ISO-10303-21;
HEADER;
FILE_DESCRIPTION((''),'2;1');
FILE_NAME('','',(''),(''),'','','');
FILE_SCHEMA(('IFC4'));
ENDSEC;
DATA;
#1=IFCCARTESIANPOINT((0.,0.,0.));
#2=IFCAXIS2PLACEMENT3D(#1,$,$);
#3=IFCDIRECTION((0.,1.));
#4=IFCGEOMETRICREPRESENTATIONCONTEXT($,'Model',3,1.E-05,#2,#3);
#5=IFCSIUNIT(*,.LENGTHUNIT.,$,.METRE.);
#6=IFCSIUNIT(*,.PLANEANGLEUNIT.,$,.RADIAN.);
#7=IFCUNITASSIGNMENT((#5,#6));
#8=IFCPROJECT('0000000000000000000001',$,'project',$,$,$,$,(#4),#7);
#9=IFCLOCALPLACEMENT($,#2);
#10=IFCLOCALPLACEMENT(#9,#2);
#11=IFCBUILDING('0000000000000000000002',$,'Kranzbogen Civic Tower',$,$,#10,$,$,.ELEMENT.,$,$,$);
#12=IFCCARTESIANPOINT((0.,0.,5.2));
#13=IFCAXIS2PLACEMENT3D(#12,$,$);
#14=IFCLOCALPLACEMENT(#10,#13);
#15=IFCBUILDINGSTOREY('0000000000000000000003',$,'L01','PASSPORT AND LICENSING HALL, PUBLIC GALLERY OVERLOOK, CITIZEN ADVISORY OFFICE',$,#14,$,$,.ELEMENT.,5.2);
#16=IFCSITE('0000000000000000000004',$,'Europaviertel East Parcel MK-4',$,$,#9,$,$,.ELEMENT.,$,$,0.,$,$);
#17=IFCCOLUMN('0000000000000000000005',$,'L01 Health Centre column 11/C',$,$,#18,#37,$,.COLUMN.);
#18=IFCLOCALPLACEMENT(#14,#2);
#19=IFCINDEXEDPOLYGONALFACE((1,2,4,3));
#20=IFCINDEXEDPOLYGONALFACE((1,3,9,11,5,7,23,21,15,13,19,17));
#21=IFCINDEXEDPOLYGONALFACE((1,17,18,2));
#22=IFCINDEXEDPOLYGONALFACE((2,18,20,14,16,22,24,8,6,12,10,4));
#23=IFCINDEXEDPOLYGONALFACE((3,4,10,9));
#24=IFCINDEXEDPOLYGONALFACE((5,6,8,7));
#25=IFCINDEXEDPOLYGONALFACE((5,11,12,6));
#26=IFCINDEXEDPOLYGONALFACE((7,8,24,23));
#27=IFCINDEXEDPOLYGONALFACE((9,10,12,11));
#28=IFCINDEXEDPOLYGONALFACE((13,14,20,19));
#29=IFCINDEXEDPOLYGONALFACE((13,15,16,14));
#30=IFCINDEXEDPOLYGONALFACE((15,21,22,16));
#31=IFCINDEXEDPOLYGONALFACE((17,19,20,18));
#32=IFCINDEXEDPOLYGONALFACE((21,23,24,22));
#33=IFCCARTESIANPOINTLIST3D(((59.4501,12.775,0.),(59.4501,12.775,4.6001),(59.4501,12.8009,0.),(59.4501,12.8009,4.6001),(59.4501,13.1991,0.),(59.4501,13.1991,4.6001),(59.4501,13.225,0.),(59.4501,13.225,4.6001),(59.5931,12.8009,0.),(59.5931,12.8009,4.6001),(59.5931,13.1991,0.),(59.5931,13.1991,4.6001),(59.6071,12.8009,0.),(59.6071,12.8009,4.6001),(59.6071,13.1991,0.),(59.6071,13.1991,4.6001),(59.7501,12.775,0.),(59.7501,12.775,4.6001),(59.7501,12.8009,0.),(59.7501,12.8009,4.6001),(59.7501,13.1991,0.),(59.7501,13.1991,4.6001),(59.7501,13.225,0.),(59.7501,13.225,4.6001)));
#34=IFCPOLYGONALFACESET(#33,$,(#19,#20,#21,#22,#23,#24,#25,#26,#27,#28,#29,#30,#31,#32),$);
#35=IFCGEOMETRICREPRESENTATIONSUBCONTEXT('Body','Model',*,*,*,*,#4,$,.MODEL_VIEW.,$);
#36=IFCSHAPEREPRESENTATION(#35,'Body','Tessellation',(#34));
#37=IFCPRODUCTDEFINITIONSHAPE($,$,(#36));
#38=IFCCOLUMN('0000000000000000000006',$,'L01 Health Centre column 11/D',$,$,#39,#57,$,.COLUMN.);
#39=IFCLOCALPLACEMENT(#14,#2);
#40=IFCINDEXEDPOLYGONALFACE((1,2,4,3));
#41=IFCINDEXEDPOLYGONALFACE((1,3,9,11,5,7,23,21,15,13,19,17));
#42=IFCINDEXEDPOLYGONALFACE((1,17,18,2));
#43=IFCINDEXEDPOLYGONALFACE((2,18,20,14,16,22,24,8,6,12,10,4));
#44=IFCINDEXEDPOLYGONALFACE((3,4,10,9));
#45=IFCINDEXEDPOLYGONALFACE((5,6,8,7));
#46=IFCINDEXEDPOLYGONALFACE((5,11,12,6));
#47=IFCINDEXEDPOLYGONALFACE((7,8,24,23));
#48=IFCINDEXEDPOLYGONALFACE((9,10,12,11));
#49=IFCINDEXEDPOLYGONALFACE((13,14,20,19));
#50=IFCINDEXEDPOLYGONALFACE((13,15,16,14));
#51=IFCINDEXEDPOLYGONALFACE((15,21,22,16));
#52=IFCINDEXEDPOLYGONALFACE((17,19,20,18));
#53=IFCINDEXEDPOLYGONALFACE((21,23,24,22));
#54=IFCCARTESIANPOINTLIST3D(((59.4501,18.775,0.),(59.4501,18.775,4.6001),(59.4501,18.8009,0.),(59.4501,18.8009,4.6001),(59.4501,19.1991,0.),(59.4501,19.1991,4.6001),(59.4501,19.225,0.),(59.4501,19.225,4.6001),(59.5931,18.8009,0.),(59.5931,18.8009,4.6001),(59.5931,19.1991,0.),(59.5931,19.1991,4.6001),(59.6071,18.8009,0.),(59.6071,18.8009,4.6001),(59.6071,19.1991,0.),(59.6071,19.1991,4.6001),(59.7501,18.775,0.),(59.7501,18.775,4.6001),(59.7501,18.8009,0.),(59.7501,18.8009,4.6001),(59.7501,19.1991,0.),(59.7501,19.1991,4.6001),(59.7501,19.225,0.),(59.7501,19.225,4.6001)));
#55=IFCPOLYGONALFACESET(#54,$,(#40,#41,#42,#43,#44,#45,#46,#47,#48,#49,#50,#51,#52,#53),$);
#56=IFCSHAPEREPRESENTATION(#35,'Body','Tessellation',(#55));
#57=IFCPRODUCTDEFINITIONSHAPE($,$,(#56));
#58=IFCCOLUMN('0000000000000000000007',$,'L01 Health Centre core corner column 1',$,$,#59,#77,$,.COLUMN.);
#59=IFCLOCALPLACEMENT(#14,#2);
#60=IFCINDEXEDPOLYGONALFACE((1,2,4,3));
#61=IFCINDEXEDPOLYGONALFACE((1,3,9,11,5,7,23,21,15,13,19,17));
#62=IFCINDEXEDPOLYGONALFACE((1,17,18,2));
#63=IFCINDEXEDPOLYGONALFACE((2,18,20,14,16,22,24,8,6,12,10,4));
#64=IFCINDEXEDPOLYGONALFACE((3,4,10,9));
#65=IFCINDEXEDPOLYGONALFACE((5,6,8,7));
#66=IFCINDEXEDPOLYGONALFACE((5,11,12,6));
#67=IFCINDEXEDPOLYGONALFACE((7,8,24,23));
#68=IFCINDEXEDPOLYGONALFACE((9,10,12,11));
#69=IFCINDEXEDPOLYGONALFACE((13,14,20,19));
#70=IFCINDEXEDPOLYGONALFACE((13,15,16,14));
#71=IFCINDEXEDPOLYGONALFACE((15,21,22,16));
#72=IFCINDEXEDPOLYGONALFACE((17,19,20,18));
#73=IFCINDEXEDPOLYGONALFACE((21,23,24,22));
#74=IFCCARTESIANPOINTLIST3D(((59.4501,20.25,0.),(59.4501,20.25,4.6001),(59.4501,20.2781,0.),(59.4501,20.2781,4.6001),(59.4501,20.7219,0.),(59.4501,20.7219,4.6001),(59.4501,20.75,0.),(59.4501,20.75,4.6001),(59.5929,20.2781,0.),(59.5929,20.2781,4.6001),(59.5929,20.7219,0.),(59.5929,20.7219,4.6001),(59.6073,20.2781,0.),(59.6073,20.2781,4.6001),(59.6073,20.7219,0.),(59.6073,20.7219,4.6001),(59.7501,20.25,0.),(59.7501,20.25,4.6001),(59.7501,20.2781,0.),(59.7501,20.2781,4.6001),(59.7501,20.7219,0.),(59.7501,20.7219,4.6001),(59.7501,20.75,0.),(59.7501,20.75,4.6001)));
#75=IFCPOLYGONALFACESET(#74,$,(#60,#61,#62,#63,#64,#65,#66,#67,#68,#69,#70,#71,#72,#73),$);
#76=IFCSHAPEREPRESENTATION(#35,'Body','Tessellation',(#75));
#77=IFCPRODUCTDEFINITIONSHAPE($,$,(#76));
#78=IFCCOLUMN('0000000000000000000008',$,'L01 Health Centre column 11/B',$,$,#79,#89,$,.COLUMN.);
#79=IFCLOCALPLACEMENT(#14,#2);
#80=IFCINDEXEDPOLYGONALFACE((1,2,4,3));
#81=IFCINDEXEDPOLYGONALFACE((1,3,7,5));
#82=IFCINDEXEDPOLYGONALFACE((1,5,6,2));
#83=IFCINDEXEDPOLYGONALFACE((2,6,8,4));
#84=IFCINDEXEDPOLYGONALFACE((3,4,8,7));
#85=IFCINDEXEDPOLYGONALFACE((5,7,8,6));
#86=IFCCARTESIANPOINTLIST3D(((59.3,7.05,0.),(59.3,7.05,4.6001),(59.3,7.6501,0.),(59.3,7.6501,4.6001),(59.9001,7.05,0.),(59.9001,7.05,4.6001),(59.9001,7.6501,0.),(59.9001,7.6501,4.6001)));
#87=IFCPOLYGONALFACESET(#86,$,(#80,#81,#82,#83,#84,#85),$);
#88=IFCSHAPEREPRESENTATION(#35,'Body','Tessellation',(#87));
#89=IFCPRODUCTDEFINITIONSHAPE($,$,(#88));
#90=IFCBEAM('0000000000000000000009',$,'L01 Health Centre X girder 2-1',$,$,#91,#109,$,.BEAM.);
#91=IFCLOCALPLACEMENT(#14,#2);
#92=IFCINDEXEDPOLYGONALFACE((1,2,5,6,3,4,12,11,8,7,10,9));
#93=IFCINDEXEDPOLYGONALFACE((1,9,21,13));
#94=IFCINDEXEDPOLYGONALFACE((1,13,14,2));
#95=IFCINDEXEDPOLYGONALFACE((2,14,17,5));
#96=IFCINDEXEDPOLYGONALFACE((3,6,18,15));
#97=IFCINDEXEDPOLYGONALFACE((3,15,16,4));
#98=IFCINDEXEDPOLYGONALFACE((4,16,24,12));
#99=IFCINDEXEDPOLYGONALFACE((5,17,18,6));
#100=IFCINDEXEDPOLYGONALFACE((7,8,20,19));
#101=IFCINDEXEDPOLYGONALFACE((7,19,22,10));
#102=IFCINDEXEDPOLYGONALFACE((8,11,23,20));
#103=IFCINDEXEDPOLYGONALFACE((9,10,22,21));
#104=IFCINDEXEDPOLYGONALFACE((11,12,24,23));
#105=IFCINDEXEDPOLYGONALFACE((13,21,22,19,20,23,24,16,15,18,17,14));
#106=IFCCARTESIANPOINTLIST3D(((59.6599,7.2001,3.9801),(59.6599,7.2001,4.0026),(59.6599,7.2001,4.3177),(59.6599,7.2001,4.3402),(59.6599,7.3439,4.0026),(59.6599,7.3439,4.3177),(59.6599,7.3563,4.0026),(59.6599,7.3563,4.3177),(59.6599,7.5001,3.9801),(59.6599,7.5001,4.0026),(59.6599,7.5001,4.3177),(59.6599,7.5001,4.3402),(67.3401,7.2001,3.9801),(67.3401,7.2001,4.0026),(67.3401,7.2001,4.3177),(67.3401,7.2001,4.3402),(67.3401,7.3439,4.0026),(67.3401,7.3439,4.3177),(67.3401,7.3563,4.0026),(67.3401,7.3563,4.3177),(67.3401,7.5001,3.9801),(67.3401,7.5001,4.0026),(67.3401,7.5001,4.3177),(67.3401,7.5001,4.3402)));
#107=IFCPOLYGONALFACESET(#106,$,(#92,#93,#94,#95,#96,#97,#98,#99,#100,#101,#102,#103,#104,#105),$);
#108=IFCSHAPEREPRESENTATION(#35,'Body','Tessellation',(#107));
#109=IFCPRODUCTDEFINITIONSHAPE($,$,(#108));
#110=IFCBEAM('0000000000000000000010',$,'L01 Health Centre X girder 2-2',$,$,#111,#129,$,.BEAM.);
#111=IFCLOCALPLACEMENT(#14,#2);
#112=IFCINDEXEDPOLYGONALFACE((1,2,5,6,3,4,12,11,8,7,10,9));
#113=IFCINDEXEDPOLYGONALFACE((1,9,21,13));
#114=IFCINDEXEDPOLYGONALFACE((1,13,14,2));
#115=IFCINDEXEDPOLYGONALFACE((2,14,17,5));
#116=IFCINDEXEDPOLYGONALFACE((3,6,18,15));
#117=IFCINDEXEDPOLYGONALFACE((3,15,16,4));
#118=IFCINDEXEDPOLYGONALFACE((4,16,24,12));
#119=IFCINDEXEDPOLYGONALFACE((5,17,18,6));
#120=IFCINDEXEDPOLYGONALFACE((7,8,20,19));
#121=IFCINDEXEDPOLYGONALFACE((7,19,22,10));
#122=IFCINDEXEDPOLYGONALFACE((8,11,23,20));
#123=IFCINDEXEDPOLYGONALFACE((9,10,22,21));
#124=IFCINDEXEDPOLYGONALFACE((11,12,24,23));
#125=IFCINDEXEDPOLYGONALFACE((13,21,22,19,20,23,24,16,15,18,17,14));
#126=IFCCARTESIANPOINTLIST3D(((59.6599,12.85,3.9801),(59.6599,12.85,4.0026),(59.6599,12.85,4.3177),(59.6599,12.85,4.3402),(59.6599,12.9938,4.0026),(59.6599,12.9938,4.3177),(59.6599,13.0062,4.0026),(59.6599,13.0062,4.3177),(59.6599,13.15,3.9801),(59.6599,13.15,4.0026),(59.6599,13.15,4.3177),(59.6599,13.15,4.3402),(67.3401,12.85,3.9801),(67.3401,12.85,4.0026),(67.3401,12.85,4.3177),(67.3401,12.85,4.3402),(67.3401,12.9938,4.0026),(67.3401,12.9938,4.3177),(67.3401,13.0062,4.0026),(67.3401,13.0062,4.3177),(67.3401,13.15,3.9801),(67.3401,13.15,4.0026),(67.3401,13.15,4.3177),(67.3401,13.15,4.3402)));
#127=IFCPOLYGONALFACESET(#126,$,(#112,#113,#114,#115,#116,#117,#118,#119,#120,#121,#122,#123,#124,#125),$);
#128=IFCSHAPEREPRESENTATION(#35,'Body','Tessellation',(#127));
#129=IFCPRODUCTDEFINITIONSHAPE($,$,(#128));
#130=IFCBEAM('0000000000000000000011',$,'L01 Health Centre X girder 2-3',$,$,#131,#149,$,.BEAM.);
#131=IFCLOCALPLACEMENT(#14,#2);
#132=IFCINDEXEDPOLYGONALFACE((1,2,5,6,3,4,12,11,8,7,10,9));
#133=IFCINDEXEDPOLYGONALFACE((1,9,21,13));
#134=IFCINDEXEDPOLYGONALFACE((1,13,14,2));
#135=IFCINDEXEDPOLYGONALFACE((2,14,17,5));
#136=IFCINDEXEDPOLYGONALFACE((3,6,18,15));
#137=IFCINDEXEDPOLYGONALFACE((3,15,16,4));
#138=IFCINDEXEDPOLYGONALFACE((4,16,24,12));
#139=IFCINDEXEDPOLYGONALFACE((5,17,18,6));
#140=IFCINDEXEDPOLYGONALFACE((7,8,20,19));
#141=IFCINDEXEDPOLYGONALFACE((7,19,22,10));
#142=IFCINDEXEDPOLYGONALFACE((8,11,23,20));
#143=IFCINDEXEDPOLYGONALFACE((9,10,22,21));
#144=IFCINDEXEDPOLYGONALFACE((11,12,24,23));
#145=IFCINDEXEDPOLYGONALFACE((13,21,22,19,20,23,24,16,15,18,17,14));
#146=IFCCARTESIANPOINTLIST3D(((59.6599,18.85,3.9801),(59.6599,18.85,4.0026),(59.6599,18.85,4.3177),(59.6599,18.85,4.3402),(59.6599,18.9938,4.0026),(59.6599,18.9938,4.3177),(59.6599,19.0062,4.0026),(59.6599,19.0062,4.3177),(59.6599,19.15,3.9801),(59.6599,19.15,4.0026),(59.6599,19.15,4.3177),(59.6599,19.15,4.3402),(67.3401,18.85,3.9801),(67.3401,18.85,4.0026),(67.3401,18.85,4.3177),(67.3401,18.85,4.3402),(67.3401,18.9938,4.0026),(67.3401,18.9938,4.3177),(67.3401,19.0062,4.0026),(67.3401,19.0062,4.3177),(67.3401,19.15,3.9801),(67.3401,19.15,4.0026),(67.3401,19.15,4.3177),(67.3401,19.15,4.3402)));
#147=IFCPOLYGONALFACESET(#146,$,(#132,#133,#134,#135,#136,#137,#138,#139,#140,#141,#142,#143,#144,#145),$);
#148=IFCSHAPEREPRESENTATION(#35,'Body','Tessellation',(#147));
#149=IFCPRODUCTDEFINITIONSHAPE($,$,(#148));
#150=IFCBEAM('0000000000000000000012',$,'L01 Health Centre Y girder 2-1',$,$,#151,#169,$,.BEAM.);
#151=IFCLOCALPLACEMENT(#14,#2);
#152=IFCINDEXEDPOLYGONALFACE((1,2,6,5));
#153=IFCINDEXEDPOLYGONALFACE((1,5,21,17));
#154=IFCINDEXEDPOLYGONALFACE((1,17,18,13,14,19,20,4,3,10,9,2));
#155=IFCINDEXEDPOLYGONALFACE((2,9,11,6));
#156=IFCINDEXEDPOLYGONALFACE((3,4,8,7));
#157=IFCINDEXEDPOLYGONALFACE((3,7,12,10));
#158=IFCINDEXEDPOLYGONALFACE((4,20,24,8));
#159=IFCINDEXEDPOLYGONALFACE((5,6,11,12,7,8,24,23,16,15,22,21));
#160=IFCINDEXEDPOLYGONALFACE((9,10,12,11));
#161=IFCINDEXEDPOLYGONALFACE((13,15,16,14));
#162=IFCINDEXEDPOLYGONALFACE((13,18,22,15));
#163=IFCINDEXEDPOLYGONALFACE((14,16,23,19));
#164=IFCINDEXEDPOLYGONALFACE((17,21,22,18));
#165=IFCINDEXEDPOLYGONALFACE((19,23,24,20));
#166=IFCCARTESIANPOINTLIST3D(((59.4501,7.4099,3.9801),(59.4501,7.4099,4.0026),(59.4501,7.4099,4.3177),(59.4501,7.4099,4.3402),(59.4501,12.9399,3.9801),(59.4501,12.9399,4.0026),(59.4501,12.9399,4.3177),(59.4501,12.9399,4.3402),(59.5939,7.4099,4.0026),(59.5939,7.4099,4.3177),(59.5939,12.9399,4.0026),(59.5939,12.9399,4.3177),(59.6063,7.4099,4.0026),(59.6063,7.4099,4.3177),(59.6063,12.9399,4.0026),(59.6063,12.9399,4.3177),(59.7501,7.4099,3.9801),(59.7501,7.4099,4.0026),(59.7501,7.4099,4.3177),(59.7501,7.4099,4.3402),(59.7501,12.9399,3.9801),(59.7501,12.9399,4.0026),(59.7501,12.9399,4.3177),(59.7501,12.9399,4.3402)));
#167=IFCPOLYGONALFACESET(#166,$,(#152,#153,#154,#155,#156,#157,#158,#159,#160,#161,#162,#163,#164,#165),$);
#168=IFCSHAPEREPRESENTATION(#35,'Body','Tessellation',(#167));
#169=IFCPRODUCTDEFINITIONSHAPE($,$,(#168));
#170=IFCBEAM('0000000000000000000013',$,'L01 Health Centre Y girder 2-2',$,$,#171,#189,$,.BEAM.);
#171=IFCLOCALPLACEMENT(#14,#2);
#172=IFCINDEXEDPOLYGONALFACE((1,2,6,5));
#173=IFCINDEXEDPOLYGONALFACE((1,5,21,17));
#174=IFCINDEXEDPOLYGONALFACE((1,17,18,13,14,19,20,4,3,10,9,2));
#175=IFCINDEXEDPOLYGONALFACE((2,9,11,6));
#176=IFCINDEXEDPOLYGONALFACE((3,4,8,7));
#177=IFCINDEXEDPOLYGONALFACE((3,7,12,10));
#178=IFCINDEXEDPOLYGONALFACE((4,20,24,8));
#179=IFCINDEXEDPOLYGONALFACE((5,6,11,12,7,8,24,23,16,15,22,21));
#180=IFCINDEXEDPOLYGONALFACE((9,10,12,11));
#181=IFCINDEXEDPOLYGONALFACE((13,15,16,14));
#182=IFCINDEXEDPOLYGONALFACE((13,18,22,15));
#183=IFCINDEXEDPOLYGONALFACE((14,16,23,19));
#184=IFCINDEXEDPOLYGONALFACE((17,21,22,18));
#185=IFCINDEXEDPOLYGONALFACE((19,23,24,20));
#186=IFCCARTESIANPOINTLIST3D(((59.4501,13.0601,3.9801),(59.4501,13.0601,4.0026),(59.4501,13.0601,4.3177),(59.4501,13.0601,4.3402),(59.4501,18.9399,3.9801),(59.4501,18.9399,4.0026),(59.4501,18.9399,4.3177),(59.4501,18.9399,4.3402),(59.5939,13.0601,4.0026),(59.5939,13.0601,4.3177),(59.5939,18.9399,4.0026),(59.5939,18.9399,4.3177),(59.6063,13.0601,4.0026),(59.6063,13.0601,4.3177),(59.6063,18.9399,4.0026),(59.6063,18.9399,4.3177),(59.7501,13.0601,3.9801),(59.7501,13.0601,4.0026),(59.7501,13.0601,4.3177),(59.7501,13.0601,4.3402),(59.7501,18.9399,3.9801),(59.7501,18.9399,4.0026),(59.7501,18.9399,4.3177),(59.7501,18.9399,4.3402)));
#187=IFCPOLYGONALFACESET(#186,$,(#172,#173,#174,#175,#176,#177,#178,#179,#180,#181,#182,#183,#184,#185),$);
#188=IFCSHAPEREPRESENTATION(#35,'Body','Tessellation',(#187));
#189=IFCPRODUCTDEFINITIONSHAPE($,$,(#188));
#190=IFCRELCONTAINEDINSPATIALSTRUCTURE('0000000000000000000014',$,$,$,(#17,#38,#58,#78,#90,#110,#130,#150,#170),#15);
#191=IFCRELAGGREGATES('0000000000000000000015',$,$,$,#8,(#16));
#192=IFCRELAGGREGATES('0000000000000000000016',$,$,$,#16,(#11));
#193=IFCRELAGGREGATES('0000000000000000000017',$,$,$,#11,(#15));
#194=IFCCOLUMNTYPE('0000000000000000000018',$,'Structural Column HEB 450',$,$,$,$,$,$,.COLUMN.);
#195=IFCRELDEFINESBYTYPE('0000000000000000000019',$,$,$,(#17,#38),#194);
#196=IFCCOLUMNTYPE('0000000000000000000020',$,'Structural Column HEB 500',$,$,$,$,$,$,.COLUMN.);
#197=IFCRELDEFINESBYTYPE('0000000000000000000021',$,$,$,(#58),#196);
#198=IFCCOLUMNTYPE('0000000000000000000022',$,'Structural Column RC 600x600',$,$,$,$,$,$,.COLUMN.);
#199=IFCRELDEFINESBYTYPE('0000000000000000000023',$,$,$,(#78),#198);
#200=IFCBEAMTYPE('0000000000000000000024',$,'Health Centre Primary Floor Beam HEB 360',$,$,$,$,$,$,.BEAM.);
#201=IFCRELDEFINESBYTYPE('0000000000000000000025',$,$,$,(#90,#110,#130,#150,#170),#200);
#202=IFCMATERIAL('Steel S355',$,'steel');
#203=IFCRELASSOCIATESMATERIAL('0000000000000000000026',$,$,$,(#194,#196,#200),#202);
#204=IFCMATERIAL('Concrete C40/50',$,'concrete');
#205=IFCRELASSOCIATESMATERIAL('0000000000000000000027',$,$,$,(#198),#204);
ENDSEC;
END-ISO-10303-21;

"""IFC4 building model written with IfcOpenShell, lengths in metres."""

from ifc_helpers import new_model, si_unit, direction, frame, origin, origin_2d, place, context, subcontext, project, spatial, rectangle, i_section, extrude, material, material_profile, profile_set, type_object, element, save


model = new_model("IFC4")

# Units and contexts
model_context = context("Model", 3, precision=1e-05, world=origin(), true_north=direction((0.0, 1.0)))
body_context = subcontext(model_context, "Body", "Model", "MODEL_VIEW")
ifc_project = project(units=[si_unit("LENGTHUNIT", "METRE"), si_unit("PLANEANGLEUNIT", "RADIAN")], contexts=[model_context])

# Site, building, storey
site_placement = place(None, origin())
site = spatial("IfcSite", under=ifc_project, at=site_placement, Name="Europaviertel East Parcel MK-4", CompositionType="ELEMENT", RefElevation=0.0)
building_placement = place(site_placement, origin())
building = spatial("IfcBuilding", under=site, at=building_placement, Name="Kranzbogen Civic Tower", CompositionType="ELEMENT")
storey_placement = place(building_placement, frame((0.0, 0.0, 5.2)))
storey = spatial("IfcBuildingStorey", under=building, at=storey_placement, Name="L01", Description="PASSPORT AND LICENSING HALL, PUBLIC GALLERY OVERLOOK, CITIZEN ADVISORY OFFICE", CompositionType="ELEMENT", Elevation=5.2)

# Columns
ifc_material_1 = material(Name="Steel S355", Category="steel")
ifc_material_profile_1 = material_profile(ifc_material_1, i_section(OverallWidth=0.3, OverallDepth=0.45, WebThickness=0.0139, FlangeThickness=0.0259, at=origin_2d()), Name="HEB 450")
ifc_profile_set_1 = profile_set([ifc_material_profile_1], Name="Steel S355")
column_type_1 = type_object("IfcColumnType", Name="Structural Column HEB 450", PredefinedType="COLUMN", material=ifc_profile_set_1)
for number, where, z_axis, x_axis, name in (
    (1, (59.6001, 13.0, 0.0), (0.0, 0.0, 1.0), (1.0, 0.0, 0.0), "L01 Health Centre column 11/C"),
    (2, (59.6001, 19.0, 0.0), (0.0, 0.0, 1.0), (1.0, 0.0, 0.0), "L01 Health Centre column 11/D"),
):
    element("IfcColumn", number, at=place(storey_placement, frame(where, z_axis=z_axis, x_axis=x_axis)), inside=storey, type_object=column_type_1, Name=name, PredefinedType="COLUMN", context=body_context, shape_type="SweptSolid", body=[
        extrude(i_section(OverallWidth=0.3, OverallDepth=0.45, WebThickness=0.0139, FlangeThickness=0.0259, at=origin_2d()), origin(), (0.0, 0.0, 1.0), 4.6001),
    ])
ifc_material_profile_2 = material_profile(ifc_material_1, i_section(OverallWidth=0.3, OverallDepth=0.5, WebThickness=0.0144, FlangeThickness=0.0281, at=origin_2d()), Name="HEB 500")
ifc_profile_set_2 = profile_set([ifc_material_profile_2], Name="Steel S355")
column_type_2 = type_object("IfcColumnType", Name="Structural Column HEB 500", PredefinedType="COLUMN", material=ifc_profile_set_2)
column_1_placement = place(storey_placement, frame((59.6001, 20.5, 0.0), z_axis=(0.0, 0.0, 1.0), x_axis=(1.0, 0.0, 0.0)))
element("IfcColumn", 3, at=column_1_placement, inside=storey, type_object=column_type_2, Name="L01 Health Centre core corner column 1", PredefinedType="COLUMN", context=body_context, shape_type="SweptSolid", body=[
    extrude(i_section(OverallWidth=0.3, OverallDepth=0.5, WebThickness=0.0144, FlangeThickness=0.0281, at=origin_2d()), origin(), (0.0, 0.0, 1.0), 4.6001),
])
ifc_material_2 = material(Name="Concrete C40/50", Category="concrete")
ifc_material_profile_3 = material_profile(ifc_material_2, rectangle(XDim=0.6001, YDim=0.6001, at=origin_2d()), Name="RC 600x600")
ifc_profile_set_3 = profile_set([ifc_material_profile_3], Name="Concrete C40/50")
column_type_3 = type_object("IfcColumnType", Name="Structural Column RC 600x600", PredefinedType="COLUMN", material=ifc_profile_set_3)
column_2_placement = place(storey_placement, frame((59.6001, 7.3501, 0.0), z_axis=(0.0, 0.0, 1.0), x_axis=(1.0, 0.0, 0.0)))
element("IfcColumn", 4, at=column_2_placement, inside=storey, type_object=column_type_3, Name="L01 Health Centre column 11/B", PredefinedType="COLUMN", context=body_context, shape_type="SweptSolid", body=[
    extrude(rectangle(XDim=0.6001, YDim=0.6001, at=origin_2d()), origin(), (0.0, 0.0, 1.0), 4.6001),
])

# Beams
ifc_material_profile_4 = material_profile(ifc_material_1, i_section(OverallWidth=0.3, OverallDepth=0.3601, WebThickness=0.0125, FlangeThickness=0.0225, at=origin_2d()), Name="HEB 360")
ifc_profile_set_4 = profile_set([ifc_material_profile_4], Name="Steel S355")
beam_type_1 = type_object("IfcBeamType", Name="Health Centre Primary Floor Beam HEB 360", PredefinedType="BEAM", material=ifc_profile_set_4)
for number, where, z_axis, x_axis, name in (
    (5, (59.6599, 7.3501, 4.1602), (1.0, 0.0, 0.0), (0.0, 1.0, 0.0), "L01 Health Centre X girder 2-1"),
    (6, (59.6599, 13.0, 4.1602), (1.0, 0.0, 0.0), (0.0, 1.0, 0.0), "L01 Health Centre X girder 2-2"),
    (7, (59.6599, 19.0, 4.1602), (1.0, 0.0, 0.0), (0.0, 1.0, 0.0), "L01 Health Centre X girder 2-3"),
):
    element("IfcBeam", number, at=place(storey_placement, frame(where, z_axis=z_axis, x_axis=x_axis)), inside=storey, type_object=beam_type_1, Name=name, PredefinedType="BEAM", context=body_context, shape_type="SweptSolid", body=[
        extrude(i_section(OverallWidth=0.3, OverallDepth=0.3601, WebThickness=0.0125, FlangeThickness=0.0225, at=origin_2d()), origin(), (0.0, 0.0, 1.0), 7.6802),
    ])
beam_1_placement = place(storey_placement, frame((59.6001, 7.4099, 4.1602), z_axis=(0.0, 1.0, 0.0), x_axis=(-1.0, 0.0, 0.0)))
element("IfcBeam", 8, at=beam_1_placement, inside=storey, type_object=beam_type_1, Name="L01 Health Centre Y girder 2-1", PredefinedType="BEAM", context=body_context, shape_type="SweptSolid", body=[
    extrude(i_section(OverallWidth=0.3, OverallDepth=0.3601, WebThickness=0.0125, FlangeThickness=0.0225, at=origin_2d()), origin(), (0.0, 0.0, 1.0), 5.53),
])
for number, where, z_axis, x_axis, name in (
    (9, (59.6001, 13.0601, 4.1602), (0.0, 1.0, 0.0), (-1.0, 0.0, 0.0), "L01 Health Centre Y girder 2-2"),
):
    element("IfcBeam", number, at=place(storey_placement, frame(where, z_axis=z_axis, x_axis=x_axis)), inside=storey, type_object=beam_type_1, Name=name, PredefinedType="BEAM", context=body_context, shape_type="SweptSolid", body=[
        extrude(i_section(OverallWidth=0.3, OverallDepth=0.3601, WebThickness=0.0125, FlangeThickness=0.0225, at=origin_2d()), origin(), (0.0, 0.0, 1.0), 5.8799),
    ])

save(model, "model.ifc")
